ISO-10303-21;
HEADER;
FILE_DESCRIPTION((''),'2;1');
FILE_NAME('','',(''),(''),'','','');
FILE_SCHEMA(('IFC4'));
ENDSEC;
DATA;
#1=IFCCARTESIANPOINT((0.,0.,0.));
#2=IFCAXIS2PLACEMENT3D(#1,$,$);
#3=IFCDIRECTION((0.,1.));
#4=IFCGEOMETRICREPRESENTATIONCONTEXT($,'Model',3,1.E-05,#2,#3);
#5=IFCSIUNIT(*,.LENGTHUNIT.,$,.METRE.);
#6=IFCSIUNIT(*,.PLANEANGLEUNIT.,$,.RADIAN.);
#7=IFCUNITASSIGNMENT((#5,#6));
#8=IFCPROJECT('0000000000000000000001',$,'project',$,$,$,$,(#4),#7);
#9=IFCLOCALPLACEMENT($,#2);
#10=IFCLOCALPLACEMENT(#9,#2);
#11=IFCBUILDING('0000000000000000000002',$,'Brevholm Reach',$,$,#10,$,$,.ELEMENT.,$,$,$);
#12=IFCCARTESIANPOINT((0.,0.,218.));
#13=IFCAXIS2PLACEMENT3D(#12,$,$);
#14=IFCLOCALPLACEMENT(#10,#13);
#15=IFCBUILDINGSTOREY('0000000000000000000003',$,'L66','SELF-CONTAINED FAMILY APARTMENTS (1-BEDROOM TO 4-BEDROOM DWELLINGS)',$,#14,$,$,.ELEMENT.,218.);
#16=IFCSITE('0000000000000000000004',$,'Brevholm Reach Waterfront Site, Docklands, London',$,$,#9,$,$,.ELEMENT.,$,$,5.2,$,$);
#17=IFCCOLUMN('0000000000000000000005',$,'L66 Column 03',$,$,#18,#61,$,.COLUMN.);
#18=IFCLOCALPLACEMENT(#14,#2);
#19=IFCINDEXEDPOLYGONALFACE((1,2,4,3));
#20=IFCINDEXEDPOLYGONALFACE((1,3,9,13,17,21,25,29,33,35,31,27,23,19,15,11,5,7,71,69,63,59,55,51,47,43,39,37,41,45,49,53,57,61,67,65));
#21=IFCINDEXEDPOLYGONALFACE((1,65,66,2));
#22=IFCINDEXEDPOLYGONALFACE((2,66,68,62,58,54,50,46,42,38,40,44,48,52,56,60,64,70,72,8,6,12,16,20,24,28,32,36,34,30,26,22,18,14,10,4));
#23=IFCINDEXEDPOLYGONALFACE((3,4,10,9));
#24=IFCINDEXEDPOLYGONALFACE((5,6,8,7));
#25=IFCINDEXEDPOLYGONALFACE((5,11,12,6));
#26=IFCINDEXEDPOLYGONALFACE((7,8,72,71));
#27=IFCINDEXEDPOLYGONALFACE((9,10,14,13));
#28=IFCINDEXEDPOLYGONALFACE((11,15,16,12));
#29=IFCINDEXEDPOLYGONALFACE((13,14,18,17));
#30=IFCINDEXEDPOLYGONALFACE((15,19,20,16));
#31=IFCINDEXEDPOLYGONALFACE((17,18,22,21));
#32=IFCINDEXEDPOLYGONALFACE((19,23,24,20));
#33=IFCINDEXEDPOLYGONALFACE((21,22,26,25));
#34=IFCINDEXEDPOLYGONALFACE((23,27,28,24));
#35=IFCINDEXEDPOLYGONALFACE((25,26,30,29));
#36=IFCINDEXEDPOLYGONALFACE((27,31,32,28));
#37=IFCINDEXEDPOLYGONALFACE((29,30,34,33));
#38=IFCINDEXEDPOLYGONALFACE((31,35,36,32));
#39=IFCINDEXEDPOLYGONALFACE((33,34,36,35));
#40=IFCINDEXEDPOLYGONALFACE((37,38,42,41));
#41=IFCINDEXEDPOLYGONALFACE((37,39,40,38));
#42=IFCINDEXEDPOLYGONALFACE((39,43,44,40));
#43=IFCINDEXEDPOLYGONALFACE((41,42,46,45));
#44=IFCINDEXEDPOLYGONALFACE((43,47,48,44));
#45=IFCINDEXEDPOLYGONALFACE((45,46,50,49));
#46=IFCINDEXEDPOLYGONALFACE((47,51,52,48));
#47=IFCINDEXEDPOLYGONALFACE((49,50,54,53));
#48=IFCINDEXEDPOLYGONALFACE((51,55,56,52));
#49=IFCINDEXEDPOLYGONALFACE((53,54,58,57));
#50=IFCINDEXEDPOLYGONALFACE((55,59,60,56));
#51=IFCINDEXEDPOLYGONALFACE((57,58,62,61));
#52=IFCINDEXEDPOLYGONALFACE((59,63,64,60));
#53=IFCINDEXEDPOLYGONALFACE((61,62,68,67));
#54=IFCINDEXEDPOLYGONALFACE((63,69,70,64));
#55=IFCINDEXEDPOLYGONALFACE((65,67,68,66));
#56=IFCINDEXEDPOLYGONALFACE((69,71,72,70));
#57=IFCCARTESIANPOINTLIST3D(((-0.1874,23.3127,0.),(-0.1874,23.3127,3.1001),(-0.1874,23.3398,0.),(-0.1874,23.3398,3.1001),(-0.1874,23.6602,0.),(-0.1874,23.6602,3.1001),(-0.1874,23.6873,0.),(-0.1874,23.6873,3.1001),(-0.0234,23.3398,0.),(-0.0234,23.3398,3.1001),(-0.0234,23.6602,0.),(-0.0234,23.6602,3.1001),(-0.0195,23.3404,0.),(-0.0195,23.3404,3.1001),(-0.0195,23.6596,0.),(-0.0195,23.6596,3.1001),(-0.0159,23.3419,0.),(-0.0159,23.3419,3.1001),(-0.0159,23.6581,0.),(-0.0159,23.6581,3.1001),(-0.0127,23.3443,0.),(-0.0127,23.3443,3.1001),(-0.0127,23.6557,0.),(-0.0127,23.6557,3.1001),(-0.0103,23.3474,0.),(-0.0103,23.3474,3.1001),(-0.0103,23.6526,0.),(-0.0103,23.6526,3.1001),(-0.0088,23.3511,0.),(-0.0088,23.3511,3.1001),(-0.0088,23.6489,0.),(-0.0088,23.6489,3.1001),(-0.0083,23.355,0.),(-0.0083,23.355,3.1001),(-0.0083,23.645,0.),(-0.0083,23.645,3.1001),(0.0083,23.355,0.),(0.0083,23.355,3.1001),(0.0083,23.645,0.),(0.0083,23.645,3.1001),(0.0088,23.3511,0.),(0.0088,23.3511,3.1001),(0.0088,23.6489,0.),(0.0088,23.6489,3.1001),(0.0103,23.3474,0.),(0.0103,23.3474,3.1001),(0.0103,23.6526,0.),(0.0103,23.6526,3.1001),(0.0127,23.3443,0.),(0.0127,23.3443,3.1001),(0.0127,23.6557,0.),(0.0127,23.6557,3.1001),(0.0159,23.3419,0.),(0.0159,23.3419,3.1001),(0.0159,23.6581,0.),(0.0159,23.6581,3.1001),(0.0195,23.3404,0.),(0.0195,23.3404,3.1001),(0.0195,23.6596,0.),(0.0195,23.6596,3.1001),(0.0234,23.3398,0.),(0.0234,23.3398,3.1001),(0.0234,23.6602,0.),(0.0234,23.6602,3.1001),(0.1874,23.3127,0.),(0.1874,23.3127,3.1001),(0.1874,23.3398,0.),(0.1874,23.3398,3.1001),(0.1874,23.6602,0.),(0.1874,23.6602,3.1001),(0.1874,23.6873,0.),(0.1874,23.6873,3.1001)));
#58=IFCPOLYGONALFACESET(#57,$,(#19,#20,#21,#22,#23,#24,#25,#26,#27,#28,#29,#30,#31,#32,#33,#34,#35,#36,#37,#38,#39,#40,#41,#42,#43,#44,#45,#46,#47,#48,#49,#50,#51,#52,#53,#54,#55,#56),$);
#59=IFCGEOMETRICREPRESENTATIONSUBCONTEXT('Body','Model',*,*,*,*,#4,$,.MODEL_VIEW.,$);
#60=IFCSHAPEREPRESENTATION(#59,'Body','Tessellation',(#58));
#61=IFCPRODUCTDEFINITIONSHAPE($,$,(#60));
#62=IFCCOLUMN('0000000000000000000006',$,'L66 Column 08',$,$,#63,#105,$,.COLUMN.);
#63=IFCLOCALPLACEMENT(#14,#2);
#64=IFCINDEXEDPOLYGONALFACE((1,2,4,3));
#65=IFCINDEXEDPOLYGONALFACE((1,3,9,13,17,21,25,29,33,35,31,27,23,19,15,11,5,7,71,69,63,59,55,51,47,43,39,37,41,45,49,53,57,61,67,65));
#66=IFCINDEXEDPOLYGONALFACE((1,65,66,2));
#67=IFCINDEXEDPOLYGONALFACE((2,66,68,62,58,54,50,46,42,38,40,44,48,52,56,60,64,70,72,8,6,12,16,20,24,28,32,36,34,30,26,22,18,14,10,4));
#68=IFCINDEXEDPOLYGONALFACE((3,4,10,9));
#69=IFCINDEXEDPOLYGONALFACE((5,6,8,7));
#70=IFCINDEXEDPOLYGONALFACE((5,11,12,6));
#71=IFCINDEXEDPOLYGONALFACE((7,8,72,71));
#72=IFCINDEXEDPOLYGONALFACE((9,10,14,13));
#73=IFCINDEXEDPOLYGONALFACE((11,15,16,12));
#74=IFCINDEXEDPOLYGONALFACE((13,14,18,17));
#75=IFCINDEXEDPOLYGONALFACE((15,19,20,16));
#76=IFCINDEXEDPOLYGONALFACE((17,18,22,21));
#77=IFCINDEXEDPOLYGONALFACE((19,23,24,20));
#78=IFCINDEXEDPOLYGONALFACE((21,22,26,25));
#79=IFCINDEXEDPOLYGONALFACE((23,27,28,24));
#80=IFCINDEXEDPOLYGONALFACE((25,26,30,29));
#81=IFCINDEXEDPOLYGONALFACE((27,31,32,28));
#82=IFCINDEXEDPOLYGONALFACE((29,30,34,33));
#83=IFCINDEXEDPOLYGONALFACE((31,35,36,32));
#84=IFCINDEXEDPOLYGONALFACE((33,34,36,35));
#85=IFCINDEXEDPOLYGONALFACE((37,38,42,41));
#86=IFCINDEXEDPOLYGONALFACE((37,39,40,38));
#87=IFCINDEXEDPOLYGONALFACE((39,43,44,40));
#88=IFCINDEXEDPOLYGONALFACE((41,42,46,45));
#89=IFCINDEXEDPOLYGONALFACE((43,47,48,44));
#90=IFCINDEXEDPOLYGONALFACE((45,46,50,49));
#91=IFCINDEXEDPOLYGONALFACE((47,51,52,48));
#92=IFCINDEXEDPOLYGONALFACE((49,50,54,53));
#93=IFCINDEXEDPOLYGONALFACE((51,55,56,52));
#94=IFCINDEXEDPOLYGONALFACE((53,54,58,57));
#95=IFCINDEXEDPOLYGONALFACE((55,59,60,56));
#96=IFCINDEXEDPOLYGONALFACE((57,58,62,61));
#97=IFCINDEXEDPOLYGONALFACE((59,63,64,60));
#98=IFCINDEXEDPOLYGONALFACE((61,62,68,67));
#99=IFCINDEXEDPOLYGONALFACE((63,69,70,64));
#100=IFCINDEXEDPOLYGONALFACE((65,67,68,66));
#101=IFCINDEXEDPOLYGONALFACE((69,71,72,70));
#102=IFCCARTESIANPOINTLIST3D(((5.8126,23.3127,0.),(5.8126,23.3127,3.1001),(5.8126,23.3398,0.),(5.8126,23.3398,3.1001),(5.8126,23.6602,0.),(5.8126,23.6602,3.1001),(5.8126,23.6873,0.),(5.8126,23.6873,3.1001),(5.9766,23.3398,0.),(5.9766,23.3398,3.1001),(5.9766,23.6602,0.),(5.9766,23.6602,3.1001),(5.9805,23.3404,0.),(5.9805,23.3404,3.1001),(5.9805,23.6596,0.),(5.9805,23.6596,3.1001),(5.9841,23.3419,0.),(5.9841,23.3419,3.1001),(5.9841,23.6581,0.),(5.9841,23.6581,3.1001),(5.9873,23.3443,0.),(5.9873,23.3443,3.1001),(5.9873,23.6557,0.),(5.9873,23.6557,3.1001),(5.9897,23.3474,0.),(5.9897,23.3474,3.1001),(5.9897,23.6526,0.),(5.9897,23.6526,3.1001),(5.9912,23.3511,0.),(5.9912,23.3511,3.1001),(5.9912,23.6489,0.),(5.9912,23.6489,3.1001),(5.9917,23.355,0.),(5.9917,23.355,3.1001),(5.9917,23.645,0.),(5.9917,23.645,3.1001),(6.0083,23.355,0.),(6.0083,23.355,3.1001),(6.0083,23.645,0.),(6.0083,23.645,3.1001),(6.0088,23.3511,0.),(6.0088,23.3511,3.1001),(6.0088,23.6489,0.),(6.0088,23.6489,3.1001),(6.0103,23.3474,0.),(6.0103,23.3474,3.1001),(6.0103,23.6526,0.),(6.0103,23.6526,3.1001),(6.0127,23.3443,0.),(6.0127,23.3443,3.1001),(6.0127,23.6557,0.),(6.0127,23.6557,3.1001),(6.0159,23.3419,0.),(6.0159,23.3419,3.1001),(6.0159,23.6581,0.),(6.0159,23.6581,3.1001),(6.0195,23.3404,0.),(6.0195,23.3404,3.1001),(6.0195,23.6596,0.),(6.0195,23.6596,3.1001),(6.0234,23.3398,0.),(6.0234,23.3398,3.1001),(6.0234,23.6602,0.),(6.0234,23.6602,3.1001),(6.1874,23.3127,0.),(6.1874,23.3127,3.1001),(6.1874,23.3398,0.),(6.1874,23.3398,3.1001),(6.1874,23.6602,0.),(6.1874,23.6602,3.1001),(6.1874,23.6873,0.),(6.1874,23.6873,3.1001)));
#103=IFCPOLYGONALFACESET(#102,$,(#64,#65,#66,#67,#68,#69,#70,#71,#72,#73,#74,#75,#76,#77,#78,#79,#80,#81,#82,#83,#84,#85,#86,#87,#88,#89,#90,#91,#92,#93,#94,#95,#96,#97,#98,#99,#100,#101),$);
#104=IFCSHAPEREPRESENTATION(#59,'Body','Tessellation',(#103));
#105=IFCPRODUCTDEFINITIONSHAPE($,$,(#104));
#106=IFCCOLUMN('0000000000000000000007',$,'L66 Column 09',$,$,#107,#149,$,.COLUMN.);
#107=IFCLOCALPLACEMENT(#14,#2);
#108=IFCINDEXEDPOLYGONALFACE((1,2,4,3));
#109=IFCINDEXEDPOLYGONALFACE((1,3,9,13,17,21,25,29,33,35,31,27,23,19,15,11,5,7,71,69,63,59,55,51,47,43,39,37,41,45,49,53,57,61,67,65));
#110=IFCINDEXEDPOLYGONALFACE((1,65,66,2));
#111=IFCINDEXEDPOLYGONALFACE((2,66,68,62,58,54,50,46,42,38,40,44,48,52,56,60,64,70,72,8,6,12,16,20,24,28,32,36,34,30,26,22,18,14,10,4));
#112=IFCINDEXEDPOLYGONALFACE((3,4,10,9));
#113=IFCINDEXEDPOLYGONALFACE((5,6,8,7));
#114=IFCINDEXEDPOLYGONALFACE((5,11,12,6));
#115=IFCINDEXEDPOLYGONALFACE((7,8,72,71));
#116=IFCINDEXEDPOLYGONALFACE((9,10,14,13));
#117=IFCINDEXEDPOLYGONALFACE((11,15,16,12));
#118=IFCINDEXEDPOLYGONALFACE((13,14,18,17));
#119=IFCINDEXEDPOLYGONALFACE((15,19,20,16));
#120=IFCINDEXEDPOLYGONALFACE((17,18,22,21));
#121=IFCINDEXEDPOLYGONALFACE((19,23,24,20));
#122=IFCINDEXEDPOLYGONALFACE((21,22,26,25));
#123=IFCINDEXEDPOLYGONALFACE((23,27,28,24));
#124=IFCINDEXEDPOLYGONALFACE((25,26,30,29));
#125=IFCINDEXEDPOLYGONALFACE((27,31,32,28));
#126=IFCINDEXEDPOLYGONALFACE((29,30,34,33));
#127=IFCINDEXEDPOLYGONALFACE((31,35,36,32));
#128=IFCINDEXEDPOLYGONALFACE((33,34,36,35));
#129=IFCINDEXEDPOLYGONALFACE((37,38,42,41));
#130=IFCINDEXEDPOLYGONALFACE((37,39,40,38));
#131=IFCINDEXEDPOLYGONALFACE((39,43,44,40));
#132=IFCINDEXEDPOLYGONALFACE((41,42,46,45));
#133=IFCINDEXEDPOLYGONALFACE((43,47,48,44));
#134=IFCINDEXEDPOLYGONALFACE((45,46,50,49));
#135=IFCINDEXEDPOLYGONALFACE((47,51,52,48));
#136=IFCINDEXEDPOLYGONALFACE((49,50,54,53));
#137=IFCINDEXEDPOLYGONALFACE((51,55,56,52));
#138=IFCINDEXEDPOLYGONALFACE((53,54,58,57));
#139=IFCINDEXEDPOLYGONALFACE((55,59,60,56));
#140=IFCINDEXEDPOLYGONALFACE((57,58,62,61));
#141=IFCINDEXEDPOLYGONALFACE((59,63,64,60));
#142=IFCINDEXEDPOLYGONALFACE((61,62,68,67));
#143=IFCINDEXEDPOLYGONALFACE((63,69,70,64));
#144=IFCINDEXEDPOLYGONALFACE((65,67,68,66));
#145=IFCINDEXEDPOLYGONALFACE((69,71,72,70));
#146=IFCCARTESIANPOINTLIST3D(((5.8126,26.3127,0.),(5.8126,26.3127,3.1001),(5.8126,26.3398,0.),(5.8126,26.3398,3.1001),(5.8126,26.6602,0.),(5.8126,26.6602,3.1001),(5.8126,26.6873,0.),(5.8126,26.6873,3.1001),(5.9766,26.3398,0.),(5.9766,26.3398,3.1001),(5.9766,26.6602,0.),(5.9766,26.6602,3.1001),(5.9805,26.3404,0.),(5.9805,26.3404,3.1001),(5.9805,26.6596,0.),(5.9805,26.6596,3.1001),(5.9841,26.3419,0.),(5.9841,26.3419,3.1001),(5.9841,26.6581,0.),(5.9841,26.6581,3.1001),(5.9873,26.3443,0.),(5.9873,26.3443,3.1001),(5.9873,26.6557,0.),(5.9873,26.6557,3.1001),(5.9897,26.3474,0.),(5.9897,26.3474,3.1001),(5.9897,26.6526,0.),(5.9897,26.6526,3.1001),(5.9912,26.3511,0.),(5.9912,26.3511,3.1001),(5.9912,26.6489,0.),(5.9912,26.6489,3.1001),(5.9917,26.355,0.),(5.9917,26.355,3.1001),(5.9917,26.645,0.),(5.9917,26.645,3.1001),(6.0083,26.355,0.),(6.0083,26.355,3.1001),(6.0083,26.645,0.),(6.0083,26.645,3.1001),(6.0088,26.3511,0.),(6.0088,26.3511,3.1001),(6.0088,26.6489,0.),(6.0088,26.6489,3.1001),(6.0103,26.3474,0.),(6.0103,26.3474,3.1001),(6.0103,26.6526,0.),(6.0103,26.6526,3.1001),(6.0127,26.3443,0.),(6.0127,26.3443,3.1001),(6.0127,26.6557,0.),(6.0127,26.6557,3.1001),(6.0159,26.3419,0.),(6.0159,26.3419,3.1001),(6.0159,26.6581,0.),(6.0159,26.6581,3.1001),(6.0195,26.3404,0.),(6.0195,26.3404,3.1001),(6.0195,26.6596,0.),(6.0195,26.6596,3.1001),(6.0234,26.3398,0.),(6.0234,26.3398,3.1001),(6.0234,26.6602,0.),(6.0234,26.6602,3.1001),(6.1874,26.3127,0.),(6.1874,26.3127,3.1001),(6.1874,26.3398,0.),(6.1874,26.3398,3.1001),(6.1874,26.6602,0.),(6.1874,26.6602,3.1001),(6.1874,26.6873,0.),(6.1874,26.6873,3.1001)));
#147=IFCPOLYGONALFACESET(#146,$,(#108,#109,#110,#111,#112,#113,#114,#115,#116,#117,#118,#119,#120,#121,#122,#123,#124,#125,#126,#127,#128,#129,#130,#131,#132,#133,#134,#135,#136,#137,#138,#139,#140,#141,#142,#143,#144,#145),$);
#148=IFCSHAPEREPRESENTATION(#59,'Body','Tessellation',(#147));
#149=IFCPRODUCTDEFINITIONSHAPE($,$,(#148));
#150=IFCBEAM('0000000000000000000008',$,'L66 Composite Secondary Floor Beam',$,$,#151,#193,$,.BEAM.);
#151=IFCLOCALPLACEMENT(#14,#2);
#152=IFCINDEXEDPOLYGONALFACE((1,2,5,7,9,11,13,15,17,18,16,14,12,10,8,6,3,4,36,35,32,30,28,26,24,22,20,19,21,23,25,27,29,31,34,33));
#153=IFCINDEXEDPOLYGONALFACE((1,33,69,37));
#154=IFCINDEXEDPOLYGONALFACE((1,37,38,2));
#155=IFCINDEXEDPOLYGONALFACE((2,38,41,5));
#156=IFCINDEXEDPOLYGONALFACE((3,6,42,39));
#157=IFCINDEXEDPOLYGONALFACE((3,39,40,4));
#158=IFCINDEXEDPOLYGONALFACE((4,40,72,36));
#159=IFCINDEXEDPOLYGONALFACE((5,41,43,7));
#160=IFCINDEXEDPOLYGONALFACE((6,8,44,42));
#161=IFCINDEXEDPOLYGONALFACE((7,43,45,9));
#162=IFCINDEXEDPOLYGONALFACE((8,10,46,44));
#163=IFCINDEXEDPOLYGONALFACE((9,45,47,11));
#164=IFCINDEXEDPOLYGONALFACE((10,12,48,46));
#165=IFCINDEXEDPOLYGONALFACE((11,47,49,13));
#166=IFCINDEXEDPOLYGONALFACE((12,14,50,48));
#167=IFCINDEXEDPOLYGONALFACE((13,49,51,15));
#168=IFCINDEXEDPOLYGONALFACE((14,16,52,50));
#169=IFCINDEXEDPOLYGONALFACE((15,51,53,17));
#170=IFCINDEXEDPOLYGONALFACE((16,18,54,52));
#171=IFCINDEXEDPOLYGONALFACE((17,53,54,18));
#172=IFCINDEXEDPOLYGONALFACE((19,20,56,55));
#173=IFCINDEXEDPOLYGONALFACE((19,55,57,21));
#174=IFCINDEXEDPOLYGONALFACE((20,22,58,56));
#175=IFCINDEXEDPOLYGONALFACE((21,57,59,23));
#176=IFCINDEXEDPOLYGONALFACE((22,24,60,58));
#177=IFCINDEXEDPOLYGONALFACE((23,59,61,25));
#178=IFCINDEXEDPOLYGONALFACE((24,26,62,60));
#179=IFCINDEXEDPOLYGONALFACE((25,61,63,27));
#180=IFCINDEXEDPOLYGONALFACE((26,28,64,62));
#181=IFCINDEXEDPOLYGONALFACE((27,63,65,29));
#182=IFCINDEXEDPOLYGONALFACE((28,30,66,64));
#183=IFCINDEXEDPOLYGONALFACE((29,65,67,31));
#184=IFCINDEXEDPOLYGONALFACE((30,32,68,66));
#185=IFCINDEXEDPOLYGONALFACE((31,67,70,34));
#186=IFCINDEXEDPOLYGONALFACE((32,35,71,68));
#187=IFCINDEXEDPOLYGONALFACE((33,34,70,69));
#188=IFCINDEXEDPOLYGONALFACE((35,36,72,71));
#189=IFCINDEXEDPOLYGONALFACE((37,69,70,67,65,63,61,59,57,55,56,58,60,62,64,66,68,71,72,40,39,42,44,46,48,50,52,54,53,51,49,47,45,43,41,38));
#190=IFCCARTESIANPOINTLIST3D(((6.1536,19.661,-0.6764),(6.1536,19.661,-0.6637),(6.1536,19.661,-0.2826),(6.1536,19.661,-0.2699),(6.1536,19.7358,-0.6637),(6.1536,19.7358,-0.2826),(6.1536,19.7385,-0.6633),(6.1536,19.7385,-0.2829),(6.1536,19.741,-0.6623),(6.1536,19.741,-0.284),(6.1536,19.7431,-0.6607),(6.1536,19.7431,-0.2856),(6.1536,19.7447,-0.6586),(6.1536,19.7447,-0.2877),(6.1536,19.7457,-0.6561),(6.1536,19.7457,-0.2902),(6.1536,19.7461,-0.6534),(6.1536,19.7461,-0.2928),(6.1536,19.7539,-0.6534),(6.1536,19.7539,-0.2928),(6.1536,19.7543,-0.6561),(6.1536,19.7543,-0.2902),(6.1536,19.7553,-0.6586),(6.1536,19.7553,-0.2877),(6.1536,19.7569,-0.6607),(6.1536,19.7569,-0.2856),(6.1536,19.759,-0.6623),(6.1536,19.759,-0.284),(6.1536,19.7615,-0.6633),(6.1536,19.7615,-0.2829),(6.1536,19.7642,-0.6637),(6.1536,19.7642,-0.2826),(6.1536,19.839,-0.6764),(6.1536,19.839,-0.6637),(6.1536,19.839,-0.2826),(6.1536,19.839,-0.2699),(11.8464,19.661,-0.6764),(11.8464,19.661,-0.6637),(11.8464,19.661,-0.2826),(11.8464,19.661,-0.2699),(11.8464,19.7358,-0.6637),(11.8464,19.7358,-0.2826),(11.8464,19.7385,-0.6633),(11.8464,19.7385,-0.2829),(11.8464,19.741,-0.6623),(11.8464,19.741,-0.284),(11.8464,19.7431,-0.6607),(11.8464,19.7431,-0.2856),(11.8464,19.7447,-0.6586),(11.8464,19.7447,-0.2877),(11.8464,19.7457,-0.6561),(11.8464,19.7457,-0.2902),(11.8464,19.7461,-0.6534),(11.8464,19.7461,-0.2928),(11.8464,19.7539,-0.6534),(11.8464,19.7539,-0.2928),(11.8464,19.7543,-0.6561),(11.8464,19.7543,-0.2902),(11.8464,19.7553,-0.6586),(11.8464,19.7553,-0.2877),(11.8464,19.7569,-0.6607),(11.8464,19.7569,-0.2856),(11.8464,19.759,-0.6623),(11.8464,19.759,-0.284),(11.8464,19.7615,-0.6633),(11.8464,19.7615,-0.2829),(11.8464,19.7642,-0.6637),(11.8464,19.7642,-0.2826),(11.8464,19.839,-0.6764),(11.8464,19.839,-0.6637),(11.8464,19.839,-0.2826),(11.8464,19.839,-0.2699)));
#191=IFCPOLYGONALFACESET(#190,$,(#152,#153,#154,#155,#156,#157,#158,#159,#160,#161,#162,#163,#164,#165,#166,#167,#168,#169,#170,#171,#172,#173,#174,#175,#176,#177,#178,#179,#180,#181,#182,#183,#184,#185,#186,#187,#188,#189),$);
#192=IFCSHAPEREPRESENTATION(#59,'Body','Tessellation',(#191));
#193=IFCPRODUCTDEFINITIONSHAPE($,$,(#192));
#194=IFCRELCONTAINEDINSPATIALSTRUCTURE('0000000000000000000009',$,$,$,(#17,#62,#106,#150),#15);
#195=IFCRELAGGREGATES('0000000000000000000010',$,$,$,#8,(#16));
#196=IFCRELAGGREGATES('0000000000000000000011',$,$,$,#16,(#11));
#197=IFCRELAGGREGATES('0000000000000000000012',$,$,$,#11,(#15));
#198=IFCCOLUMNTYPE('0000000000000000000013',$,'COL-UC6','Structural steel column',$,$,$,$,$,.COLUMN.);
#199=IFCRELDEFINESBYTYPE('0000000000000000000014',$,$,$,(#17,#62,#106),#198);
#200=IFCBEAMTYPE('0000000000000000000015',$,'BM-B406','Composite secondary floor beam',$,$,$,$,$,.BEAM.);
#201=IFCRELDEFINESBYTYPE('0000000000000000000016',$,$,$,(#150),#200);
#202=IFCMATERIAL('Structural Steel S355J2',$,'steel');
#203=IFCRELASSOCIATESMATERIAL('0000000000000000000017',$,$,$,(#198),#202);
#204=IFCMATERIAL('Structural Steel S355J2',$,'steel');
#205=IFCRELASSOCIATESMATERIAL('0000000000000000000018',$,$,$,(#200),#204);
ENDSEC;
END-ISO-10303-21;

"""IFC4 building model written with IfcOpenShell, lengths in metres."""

from ifc_helpers import new_model, si_unit, direction, frame, origin, origin_2d, place, context, subcontext, project, spatial, i_section, extrude, material, material_profile, profile_set, type_object, element, save


model = new_model("IFC4")

# Units and contexts
model_context = context("Model", 3, precision=1e-05, world=origin(), true_north=direction((0.0, 1.0)))
body_context = subcontext(model_context, "Body", "Model", "MODEL_VIEW")
ifc_project = project(units=[si_unit("LENGTHUNIT", "METRE"), si_unit("PLANEANGLEUNIT", "RADIAN")], contexts=[model_context])

# Site, building, storey
site_placement = place(None, origin())
site = spatial("IfcSite", under=ifc_project, at=site_placement, Name="Brevholm Reach Waterfront Site, Docklands, London", CompositionType="ELEMENT", RefElevation=5.2)
building_placement = place(site_placement, origin())
building = spatial("IfcBuilding", under=site, at=building_placement, Name="Brevholm Reach", CompositionType="ELEMENT")
storey_placement = place(building_placement, frame((0.0, 0.0, 218.0)))
storey = spatial("IfcBuildingStorey", under=building, at=storey_placement, Name="L66", Description="SELF-CONTAINED FAMILY APARTMENTS (1-BEDROOM TO 4-BEDROOM DWELLINGS)", CompositionType="ELEMENT", Elevation=218.0)

# Columns
ifc_material_1 = material(Name="Structural Steel S355J2", Category="steel")
ifc_material_profile_1 = material_profile(ifc_material_1, i_section(OverallWidth=0.3748, OverallDepth=0.3745, WebThickness=0.0166, FlangeThickness=0.0271, FilletRadius=0.0151, at=origin_2d()), Name="UKC 356x368x202")
ifc_profile_set_1 = profile_set([ifc_material_profile_1], Name="Structural Steel S355J2")
column_type = type_object("IfcColumnType", Name="COL-UC6", Description="Structural steel column", PredefinedType="COLUMN", material=ifc_profile_set_1)
for number, where, z_axis, x_axis, name in (
    (1, (0.0, 23.5, 0.0), (0.0, 0.0, 1.0), (1.0, 0.0, 0.0), "L66 Column 03"),
    (2, (6.0, 23.5, 0.0), (0.0, 0.0, 1.0), (1.0, 0.0, 0.0), "L66 Column 08"),
    (3, (6.0, 26.5, 0.0), (0.0, 0.0, 1.0), (1.0, 0.0, 0.0), "L66 Column 09"),
):
    element("IfcColumn", number, at=place(storey_placement, frame(where, z_axis=z_axis, x_axis=x_axis)), inside=storey, type_object=column_type, Name=name, PredefinedType="COLUMN", context=body_context, shape_type="SweptSolid", body=[
        extrude(i_section(OverallWidth=0.3748, OverallDepth=0.3745, WebThickness=0.0166, FlangeThickness=0.0271, FilletRadius=0.0151, at=origin_2d()), origin(), (0.0, 0.0, 1.0), 3.1001),
    ])

# Beam
ifc_material_2 = material(Name="Structural Steel S355J2", Category="steel")
ifc_material_profile_2 = material_profile(ifc_material_2, i_section(OverallWidth=0.178, OverallDepth=0.4065, WebThickness=0.0078, FlangeThickness=0.0127, FilletRadius=0.0103, at=origin_2d()), Name="UKB 406x178x60")
ifc_profile_set_2 = profile_set([ifc_material_profile_2], Name="Structural Steel S355J2")
beam_type_1 = type_object("IfcBeamType", Name="BM-B406", Description="Composite secondary floor beam", PredefinedType="BEAM", material=ifc_profile_set_2)
beam_1_placement = place(storey_placement, frame((6.1536, 19.75, -0.4731), z_axis=(1.0, 0.0, 0.0), x_axis=(0.0, 1.0, 0.0)))
element("IfcBeam", 4, at=beam_1_placement, inside=storey, type_object=beam_type_1, Name="L66 Composite Secondary Floor Beam", PredefinedType="BEAM", context=body_context, shape_type="SweptSolid", body=[
    extrude(i_section(OverallWidth=0.178, OverallDepth=0.4065, WebThickness=0.0078, FlangeThickness=0.0127, FilletRadius=0.0103, at=origin_2d()), origin(), (0.0, 0.0, 1.0), 5.6929),
])

save(model, "model.ifc")
